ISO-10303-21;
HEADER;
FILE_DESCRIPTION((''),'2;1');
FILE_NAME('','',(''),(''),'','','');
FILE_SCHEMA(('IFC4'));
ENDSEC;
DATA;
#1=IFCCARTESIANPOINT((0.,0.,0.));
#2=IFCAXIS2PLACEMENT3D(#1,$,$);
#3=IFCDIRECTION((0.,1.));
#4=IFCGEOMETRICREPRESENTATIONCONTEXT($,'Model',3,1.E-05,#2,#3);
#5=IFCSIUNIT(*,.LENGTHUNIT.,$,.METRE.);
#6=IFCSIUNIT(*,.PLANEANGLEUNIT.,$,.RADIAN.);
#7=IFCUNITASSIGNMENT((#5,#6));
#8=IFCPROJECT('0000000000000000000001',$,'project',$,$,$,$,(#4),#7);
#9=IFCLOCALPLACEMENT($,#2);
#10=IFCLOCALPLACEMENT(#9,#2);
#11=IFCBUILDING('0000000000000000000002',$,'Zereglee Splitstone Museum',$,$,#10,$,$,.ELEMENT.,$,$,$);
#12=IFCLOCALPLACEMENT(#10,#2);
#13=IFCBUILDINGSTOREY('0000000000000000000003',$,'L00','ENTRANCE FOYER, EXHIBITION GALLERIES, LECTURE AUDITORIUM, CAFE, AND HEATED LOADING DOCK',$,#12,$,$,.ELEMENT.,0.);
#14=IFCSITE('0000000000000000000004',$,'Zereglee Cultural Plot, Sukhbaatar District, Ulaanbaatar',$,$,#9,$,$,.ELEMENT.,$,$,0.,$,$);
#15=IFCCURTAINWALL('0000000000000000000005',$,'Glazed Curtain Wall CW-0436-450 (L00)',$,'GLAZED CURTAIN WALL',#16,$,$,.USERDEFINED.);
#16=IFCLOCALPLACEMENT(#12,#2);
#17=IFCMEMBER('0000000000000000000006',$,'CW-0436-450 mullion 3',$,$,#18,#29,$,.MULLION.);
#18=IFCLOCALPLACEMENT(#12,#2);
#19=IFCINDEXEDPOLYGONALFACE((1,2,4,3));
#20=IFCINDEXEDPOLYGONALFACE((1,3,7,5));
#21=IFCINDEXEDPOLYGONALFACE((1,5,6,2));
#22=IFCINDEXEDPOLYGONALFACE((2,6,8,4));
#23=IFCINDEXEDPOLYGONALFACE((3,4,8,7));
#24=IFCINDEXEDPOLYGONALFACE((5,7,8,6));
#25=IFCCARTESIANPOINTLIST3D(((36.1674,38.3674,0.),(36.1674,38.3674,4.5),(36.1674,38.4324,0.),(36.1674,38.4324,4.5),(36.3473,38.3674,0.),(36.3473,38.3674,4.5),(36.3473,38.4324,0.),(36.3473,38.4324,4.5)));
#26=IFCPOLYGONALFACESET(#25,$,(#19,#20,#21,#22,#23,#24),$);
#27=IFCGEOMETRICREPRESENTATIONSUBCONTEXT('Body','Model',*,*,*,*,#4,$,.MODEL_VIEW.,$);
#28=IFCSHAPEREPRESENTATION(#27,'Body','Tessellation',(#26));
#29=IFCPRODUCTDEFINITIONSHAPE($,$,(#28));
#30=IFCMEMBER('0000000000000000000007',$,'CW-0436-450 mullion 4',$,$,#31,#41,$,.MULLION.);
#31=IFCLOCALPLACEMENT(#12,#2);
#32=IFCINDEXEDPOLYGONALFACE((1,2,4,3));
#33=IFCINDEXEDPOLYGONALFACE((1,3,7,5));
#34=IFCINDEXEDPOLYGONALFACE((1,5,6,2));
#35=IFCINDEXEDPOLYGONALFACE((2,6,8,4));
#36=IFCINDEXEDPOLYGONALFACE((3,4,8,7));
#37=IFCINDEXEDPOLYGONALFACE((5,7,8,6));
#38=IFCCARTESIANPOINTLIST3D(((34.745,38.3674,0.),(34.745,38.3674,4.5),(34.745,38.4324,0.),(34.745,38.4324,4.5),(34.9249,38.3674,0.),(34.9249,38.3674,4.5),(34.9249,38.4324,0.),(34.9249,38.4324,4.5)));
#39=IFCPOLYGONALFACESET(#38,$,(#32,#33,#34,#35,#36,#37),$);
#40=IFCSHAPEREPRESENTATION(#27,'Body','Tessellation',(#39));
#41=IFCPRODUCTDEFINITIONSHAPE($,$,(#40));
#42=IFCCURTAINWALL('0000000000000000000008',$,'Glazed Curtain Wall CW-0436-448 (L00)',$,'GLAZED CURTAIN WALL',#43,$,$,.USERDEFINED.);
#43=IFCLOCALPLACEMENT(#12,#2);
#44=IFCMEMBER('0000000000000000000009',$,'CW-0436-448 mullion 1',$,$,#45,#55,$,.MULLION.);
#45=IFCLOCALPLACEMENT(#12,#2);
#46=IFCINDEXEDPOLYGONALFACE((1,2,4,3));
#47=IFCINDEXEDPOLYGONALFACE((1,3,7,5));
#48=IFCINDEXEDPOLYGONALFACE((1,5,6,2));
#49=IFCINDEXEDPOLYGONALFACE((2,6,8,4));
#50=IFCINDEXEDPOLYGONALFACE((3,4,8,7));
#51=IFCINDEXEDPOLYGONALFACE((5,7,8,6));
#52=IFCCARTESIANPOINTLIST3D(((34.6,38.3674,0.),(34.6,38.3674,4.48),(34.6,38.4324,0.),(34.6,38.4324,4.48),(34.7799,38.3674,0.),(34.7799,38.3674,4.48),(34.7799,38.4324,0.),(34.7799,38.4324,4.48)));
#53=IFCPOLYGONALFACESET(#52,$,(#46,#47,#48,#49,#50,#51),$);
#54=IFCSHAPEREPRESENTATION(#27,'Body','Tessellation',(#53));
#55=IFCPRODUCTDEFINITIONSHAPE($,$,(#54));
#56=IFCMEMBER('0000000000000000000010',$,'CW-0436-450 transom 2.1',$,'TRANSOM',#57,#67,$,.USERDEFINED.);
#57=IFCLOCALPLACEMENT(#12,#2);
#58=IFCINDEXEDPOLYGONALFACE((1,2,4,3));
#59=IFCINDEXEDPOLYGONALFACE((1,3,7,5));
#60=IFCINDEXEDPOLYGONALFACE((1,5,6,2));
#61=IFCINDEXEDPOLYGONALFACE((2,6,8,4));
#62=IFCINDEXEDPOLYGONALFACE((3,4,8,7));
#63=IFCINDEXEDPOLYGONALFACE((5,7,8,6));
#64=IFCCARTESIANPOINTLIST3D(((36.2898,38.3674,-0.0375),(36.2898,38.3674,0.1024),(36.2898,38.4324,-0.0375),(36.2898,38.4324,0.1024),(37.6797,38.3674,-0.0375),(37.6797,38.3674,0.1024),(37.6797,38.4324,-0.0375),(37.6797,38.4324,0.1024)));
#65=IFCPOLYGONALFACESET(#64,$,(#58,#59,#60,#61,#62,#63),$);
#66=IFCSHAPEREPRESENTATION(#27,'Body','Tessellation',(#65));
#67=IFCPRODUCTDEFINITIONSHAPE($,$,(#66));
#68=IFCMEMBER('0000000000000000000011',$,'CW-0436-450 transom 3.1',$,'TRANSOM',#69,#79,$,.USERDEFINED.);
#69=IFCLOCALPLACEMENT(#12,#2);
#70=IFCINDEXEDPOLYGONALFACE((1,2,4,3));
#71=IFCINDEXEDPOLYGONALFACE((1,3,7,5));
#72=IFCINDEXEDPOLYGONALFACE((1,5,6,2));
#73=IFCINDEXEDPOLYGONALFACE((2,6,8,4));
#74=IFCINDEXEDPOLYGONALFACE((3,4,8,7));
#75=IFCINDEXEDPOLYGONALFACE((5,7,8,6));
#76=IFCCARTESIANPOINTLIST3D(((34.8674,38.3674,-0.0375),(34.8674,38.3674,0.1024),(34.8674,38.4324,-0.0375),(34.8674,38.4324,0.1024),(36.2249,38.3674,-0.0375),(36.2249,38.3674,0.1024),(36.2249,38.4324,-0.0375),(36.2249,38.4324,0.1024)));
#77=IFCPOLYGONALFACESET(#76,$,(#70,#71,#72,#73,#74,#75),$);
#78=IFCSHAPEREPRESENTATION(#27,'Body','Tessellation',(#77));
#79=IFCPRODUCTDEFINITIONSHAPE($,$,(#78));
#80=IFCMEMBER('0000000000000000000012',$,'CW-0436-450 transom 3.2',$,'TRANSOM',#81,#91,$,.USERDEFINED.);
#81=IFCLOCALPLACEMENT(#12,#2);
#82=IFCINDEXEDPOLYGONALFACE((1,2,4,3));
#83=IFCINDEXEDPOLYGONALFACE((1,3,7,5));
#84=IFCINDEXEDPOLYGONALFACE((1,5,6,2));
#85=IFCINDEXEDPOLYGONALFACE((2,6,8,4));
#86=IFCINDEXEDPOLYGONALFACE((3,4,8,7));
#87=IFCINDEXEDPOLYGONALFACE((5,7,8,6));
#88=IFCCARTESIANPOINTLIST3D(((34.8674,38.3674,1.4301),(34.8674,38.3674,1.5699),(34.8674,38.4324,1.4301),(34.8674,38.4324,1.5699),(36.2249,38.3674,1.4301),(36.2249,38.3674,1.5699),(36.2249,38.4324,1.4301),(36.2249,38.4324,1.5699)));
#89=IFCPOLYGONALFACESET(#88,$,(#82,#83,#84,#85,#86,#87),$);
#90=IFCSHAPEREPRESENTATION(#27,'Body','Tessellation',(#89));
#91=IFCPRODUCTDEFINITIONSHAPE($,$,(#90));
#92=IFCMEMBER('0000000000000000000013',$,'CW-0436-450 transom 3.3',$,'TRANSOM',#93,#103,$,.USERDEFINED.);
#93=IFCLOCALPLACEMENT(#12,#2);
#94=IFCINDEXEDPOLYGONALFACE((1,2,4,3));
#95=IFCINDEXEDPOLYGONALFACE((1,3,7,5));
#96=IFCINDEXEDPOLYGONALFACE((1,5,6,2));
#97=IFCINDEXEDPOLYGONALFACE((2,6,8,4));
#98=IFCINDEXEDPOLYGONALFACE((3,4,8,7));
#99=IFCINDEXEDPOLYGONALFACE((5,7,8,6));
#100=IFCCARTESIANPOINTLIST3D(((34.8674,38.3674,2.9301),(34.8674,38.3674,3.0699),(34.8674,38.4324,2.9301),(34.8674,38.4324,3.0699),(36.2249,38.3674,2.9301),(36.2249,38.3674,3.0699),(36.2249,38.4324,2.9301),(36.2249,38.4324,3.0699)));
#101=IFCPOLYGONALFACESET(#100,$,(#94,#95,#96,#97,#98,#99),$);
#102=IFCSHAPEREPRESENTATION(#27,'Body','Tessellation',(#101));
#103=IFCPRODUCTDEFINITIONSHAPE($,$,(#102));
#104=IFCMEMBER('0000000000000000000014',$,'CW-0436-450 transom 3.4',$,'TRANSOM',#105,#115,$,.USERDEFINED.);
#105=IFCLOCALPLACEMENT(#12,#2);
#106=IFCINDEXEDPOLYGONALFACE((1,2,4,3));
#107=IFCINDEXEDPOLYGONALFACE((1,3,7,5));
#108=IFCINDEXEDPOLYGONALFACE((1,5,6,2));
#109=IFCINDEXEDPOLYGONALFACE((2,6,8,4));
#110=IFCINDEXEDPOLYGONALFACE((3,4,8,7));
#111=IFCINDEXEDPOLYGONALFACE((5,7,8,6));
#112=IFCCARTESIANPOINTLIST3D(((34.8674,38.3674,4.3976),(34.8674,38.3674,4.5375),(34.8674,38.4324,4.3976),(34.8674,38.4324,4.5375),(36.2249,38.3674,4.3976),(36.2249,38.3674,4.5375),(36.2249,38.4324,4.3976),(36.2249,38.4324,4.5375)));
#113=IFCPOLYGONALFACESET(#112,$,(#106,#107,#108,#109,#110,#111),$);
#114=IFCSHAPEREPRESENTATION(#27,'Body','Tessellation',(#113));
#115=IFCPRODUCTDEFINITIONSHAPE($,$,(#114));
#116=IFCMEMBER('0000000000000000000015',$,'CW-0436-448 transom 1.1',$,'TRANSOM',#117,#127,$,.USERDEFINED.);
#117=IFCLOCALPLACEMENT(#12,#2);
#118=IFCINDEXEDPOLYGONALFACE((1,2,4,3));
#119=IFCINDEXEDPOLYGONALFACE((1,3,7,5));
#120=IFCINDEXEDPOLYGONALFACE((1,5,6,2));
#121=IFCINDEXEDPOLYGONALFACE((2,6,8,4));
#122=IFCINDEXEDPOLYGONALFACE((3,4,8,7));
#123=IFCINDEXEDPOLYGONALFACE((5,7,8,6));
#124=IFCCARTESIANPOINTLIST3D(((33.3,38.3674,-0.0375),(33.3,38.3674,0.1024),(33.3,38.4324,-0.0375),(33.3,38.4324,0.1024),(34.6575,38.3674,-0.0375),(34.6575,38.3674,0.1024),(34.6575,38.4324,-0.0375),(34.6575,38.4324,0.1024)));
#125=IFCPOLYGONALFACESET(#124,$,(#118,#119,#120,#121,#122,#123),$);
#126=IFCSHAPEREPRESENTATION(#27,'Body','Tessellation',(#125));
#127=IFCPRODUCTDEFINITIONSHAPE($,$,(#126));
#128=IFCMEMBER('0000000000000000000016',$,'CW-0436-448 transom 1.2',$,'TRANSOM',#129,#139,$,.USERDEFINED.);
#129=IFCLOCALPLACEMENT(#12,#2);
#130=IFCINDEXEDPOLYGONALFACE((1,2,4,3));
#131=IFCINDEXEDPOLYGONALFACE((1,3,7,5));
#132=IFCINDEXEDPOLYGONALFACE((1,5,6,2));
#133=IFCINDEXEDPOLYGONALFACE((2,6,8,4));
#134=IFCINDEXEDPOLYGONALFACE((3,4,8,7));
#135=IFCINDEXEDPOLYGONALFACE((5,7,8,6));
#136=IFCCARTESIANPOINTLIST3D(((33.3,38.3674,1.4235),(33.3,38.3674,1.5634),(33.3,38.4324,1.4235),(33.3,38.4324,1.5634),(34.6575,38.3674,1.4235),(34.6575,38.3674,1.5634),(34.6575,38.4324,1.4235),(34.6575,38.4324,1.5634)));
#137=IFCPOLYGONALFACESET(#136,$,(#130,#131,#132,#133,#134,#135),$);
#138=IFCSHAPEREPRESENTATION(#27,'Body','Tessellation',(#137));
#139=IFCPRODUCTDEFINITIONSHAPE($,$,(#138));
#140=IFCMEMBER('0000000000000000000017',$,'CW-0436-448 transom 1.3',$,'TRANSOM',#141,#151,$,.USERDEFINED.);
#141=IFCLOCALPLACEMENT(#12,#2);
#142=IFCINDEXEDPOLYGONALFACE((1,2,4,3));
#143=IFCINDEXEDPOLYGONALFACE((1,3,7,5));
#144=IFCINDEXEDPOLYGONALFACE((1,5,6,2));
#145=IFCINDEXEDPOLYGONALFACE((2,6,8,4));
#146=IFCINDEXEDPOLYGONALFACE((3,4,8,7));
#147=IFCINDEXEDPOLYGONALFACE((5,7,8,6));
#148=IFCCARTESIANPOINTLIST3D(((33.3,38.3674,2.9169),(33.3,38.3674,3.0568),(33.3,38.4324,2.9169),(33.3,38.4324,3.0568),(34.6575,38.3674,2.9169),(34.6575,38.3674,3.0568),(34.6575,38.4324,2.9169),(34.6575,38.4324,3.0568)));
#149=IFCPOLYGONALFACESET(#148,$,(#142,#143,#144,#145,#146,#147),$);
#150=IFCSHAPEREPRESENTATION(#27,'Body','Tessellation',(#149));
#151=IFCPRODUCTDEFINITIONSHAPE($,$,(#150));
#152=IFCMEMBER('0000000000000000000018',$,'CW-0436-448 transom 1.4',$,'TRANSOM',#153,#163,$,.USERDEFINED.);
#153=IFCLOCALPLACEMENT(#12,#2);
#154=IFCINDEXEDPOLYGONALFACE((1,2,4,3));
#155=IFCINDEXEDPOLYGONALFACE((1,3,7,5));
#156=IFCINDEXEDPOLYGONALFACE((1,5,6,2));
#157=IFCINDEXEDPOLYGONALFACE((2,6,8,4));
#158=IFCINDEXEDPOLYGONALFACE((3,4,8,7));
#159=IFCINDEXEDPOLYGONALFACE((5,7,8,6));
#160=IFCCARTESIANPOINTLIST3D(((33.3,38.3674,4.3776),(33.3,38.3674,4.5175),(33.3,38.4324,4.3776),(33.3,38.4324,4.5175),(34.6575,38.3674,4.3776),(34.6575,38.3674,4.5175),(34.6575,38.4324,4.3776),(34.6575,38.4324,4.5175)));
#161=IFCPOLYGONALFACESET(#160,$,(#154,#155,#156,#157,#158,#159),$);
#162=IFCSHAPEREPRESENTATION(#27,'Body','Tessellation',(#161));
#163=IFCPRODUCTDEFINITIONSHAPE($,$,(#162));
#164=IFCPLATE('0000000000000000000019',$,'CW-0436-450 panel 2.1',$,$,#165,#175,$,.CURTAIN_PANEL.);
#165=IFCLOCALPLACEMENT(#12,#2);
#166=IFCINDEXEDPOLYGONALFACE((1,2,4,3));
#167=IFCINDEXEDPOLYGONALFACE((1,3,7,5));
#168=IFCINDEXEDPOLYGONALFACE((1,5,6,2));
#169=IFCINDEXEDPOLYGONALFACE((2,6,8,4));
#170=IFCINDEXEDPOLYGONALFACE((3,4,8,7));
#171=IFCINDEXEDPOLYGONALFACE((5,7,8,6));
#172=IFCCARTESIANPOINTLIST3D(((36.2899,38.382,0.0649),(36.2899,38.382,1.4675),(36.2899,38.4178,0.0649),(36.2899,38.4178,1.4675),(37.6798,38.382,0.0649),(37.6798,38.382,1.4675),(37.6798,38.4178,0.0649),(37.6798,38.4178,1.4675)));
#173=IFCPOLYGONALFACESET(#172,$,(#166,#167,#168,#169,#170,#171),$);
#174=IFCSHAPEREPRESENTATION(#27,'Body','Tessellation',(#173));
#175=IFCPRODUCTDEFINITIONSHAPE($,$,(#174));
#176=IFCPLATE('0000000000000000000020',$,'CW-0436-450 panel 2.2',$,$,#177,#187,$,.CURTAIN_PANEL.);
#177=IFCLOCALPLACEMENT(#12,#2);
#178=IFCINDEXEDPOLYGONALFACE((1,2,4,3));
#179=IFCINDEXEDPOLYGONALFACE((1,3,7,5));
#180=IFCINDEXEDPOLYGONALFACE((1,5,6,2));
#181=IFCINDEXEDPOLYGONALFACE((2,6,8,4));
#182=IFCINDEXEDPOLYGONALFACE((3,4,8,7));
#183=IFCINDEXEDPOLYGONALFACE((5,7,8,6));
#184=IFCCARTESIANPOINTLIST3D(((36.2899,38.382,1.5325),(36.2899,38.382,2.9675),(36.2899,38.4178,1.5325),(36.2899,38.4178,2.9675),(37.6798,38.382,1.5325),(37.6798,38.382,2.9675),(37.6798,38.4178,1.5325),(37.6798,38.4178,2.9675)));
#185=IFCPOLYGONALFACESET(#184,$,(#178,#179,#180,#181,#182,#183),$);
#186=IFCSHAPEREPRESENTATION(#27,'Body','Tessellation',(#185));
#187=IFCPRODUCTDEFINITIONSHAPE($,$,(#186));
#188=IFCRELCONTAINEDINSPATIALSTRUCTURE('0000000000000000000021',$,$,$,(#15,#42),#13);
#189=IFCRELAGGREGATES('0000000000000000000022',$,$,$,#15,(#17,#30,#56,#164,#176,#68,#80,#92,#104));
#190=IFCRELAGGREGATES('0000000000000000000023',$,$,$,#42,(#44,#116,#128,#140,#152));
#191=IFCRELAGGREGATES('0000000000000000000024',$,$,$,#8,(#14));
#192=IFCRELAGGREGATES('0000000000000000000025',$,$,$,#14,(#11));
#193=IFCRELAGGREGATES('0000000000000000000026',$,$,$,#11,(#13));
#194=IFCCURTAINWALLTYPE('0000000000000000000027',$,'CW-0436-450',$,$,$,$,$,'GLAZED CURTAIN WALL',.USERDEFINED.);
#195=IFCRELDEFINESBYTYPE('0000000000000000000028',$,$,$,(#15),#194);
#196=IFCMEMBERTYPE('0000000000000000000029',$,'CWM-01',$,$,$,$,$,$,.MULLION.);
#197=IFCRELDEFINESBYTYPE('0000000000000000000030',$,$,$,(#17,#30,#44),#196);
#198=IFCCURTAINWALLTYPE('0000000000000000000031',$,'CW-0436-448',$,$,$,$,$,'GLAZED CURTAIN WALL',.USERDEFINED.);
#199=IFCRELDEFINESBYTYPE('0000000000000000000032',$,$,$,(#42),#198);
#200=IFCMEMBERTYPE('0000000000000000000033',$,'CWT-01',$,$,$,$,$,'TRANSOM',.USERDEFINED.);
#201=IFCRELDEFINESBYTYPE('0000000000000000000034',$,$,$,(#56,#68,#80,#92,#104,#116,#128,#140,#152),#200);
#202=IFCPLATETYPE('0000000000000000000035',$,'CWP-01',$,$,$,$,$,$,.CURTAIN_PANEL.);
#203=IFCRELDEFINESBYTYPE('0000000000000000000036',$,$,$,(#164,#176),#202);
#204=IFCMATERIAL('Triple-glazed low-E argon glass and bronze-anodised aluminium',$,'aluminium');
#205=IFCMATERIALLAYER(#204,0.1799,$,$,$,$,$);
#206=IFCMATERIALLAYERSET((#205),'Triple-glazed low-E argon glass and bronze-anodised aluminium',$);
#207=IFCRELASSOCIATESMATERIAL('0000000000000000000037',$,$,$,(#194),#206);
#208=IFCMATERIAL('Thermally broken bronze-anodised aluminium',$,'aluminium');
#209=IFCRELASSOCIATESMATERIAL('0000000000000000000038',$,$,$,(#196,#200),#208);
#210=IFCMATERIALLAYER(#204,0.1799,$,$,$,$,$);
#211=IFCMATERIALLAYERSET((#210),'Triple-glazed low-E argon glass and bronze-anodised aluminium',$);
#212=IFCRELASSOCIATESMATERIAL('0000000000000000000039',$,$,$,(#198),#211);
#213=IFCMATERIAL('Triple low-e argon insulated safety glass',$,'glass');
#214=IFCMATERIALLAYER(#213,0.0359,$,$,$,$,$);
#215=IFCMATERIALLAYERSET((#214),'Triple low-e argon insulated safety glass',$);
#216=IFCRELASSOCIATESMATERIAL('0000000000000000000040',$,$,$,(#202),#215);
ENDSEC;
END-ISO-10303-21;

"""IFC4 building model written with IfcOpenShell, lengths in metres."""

from ifc_helpers import new_model, si_unit, direction, frame, origin, origin_2d, place, context, subcontext, project, spatial, rectangle, extrude, material, layer, layer_set, material_profile, profile_set, type_object, element, aggregate, save


model = new_model("IFC4")

# Units and contexts
model_context = context("Model", 3, precision=1e-05, world=origin(), true_north=direction((0.0, 1.0)))
body_context = subcontext(model_context, "Body", "Model", "MODEL_VIEW")
ifc_project = project(units=[si_unit("LENGTHUNIT", "METRE"), si_unit("PLANEANGLEUNIT", "RADIAN")], contexts=[model_context])

# Site, building, storey
site_placement = place(None, origin())
site = spatial("IfcSite", under=ifc_project, at=site_placement, Name="Zereglee Cultural Plot, Sukhbaatar District, Ulaanbaatar", CompositionType="ELEMENT", RefElevation=0.0)
building_placement = place(site_placement, origin())
building = spatial("IfcBuilding", under=site, at=building_placement, Name="Zereglee Splitstone Museum", CompositionType="ELEMENT")
storey_placement = place(building_placement, origin())
storey = spatial("IfcBuildingStorey", under=building, at=storey_placement, Name="L00", Description="ENTRANCE FOYER, EXHIBITION GALLERIES, LECTURE AUDITORIUM, CAFE, AND HEATED LOADING DOCK", CompositionType="ELEMENT", Elevation=0.0)

# Curtain wall, members
ifc_material_1 = material(Name="Triple-glazed low-E argon glass and bronze-anodised aluminium", Category="aluminium")
ifc_layer_1 = layer(ifc_material_1, 0.1799)
ifc_layer_set_1 = layer_set([ifc_layer_1], Name="Triple-glazed low-E argon glass and bronze-anodised aluminium")
curtain_wall_type_1 = type_object("IfcCurtainWallType", Name="CW-0436-450", ElementType="GLAZED CURTAIN WALL", PredefinedType="USERDEFINED", material=ifc_layer_set_1)
curtain_wall_1_placement = place(storey_placement, origin())
curtain_wall_1 = element("IfcCurtainWall", 1, at=curtain_wall_1_placement, inside=storey, type_object=curtain_wall_type_1, Name="Glazed Curtain Wall CW-0436-450 (L00)", ObjectType="GLAZED CURTAIN WALL", PredefinedType="USERDEFINED")
ifc_material_2 = material(Name="Thermally broken bronze-anodised aluminium", Category="aluminium")
ifc_material_profile_1 = material_profile(ifc_material_2, rectangle(XDim=0.0649, YDim=0.1799, at=origin_2d()), Name="CW MULL 65x180")
ifc_profile_set_1 = profile_set([ifc_material_profile_1], Name="Thermally broken bronze-anodised aluminium")
member_type_1 = type_object("IfcMemberType", Name="CWM-01", PredefinedType="MULLION", material=ifc_profile_set_1)
member_1_placement = place(storey_placement, frame((36.2573, 38.3999, 0.0), z_axis=(0.0, 0.0, 1.0), x_axis=(0.0, -1.0, 0.0)))
member_1 = element("IfcMember", 2, at=member_1_placement, type_object=member_type_1, Name="CW-0436-450 mullion 3", PredefinedType="MULLION", context=body_context, shape_type="SweptSolid", body=[
    extrude(rectangle(XDim=0.0649, YDim=0.1799, at=origin_2d()), origin(), (0.0, 0.0, 1.0), 4.5),
])
member_2_placement = place(storey_placement, frame((34.835, 38.3999, 0.0), z_axis=(0.0, 0.0, 1.0), x_axis=(0.0, -1.0, 0.0)))
member_2 = element("IfcMember", 3, at=member_2_placement, type_object=member_type_1, Name="CW-0436-450 mullion 4", PredefinedType="MULLION", context=body_context, shape_type="SweptSolid", body=[
    extrude(rectangle(XDim=0.0649, YDim=0.1799, at=origin_2d()), origin(), (0.0, 0.0, 1.0), 4.5),
])

# Curtain wall, member
ifc_layer_2 = layer(ifc_material_1, 0.1799)
ifc_layer_set_2 = layer_set([ifc_layer_2], Name="Triple-glazed low-E argon glass and bronze-anodised aluminium")
curtain_wall_type_2 = type_object("IfcCurtainWallType", Name="CW-0436-448", ElementType="GLAZED CURTAIN WALL", PredefinedType="USERDEFINED", material=ifc_layer_set_2)
curtain_wall_2_placement = place(storey_placement, origin())
curtain_wall_2 = element("IfcCurtainWall", 4, at=curtain_wall_2_placement, inside=storey, type_object=curtain_wall_type_2, Name="Glazed Curtain Wall CW-0436-448 (L00)", ObjectType="GLAZED CURTAIN WALL", PredefinedType="USERDEFINED")
member_3_placement = place(storey_placement, frame((34.6899, 38.3999, 0.0), z_axis=(0.0, 0.0, 1.0), x_axis=(0.0, -1.0, 0.0)))
member_3 = element("IfcMember", 5, at=member_3_placement, type_object=member_type_1, Name="CW-0436-448 mullion 1", PredefinedType="MULLION", context=body_context, shape_type="SweptSolid", body=[
    extrude(rectangle(XDim=0.0649, YDim=0.1799, at=origin_2d()), origin(), (0.0, 0.0, 1.0), 4.48),
])

# Members
ifc_material_profile_2 = material_profile(ifc_material_2, rectangle(XDim=0.0649, YDim=0.1399, at=origin_2d()), Name="CW TRAN 65x140")
ifc_profile_set_2 = profile_set([ifc_material_profile_2], Name="Thermally broken bronze-anodised aluminium")
member_type_2 = type_object("IfcMemberType", Name="CWT-01", ElementType="TRANSOM", PredefinedType="USERDEFINED", material=ifc_profile_set_2)
member_4_placement = place(storey_placement, frame((37.6797, 38.3999, 0.0325), z_axis=(-1.0, 0.0, 0.0), x_axis=(0.0, -1.0, 0.0)))
member_4 = element("IfcMember", 6, at=member_4_placement, type_object=member_type_2, Name="CW-0436-450 transom 2.1", ObjectType="TRANSOM", PredefinedType="USERDEFINED", context=body_context, shape_type="SweptSolid", body=[
    extrude(rectangle(XDim=0.0649, YDim=0.1399, at=origin_2d()), origin(), (0.0, 0.0, 1.0), 1.3899),
])
member_5_placement = place(storey_placement, frame((36.2249, 38.3999, 0.0325), z_axis=(-1.0, 0.0, 0.0), x_axis=(0.0, -1.0, 0.0)))
member_5 = element("IfcMember", 7, at=member_5_placement, type_object=member_type_2, Name="CW-0436-450 transom 3.1", ObjectType="TRANSOM", PredefinedType="USERDEFINED", context=body_context, shape_type="SweptSolid", body=[
    extrude(rectangle(XDim=0.0649, YDim=0.1399, at=origin_2d()), origin(), (0.0, 0.0, 1.0), 1.3574),
])
member_6_placement = place(storey_placement, frame((36.2249, 38.3999, 1.5), z_axis=(-1.0, 0.0, 0.0), x_axis=(0.0, -1.0, 0.0)))
member_6 = element("IfcMember", 8, at=member_6_placement, type_object=member_type_2, Name="CW-0436-450 transom 3.2", ObjectType="TRANSOM", PredefinedType="USERDEFINED", context=body_context, shape_type="SweptSolid", body=[
    extrude(rectangle(XDim=0.0649, YDim=0.1399, at=origin_2d()), origin(), (0.0, 0.0, 1.0), 1.3574),
])
member_7_placement = place(storey_placement, frame((36.2249, 38.3999, 3.0), z_axis=(-1.0, 0.0, 0.0), x_axis=(0.0, -1.0, 0.0)))
member_7 = element("IfcMember", 9, at=member_7_placement, type_object=member_type_2, Name="CW-0436-450 transom 3.3", ObjectType="TRANSOM", PredefinedType="USERDEFINED", context=body_context, shape_type="SweptSolid", body=[
    extrude(rectangle(XDim=0.0649, YDim=0.1399, at=origin_2d()), origin(), (0.0, 0.0, 1.0), 1.3574),
])
member_8_placement = place(storey_placement, frame((36.2249, 38.3999, 4.4675), z_axis=(-1.0, 0.0, 0.0), x_axis=(0.0, -1.0, 0.0)))
member_8 = element("IfcMember", 10, at=member_8_placement, type_object=member_type_2, Name="CW-0436-450 transom 3.4", ObjectType="TRANSOM", PredefinedType="USERDEFINED", context=body_context, shape_type="SweptSolid", body=[
    extrude(rectangle(XDim=0.0649, YDim=0.1399, at=origin_2d()), origin(), (0.0, 0.0, 1.0), 1.3574),
])
member_9_placement = place(storey_placement, frame((34.6575, 38.3999, 0.0325), z_axis=(-1.0, 0.0, 0.0), x_axis=(0.0, -1.0, 0.0)))
member_9 = element("IfcMember", 11, at=member_9_placement, type_object=member_type_2, Name="CW-0436-448 transom 1.1", ObjectType="TRANSOM", PredefinedType="USERDEFINED", context=body_context, shape_type="SweptSolid", body=[
    extrude(rectangle(XDim=0.0649, YDim=0.1399, at=origin_2d()), origin(), (0.0, 0.0, 1.0), 1.3574),
])
member_10_placement = place(storey_placement, frame((34.6575, 38.3999, 1.4934), z_axis=(-1.0, 0.0, 0.0), x_axis=(0.0, -1.0, 0.0)))
member_10 = element("IfcMember", 12, at=member_10_placement, type_object=member_type_2, Name="CW-0436-448 transom 1.2", ObjectType="TRANSOM", PredefinedType="USERDEFINED", context=body_context, shape_type="SweptSolid", body=[
    extrude(rectangle(XDim=0.0649, YDim=0.1399, at=origin_2d()), origin(), (0.0, 0.0, 1.0), 1.3574),
])
member_11_placement = place(storey_placement, frame((34.6575, 38.3999, 2.9868), z_axis=(-1.0, 0.0, 0.0), x_axis=(0.0, -1.0, 0.0)))
member_11 = element("IfcMember", 13, at=member_11_placement, type_object=member_type_2, Name="CW-0436-448 transom 1.3", ObjectType="TRANSOM", PredefinedType="USERDEFINED", context=body_context, shape_type="SweptSolid", body=[
    extrude(rectangle(XDim=0.0649, YDim=0.1399, at=origin_2d()), origin(), (0.0, 0.0, 1.0), 1.3574),
])
member_12_placement = place(storey_placement, frame((34.6575, 38.3999, 4.4475), z_axis=(-1.0, 0.0, 0.0), x_axis=(0.0, -1.0, 0.0)))
member_12 = element("IfcMember", 14, at=member_12_placement, type_object=member_type_2, Name="CW-0436-448 transom 1.4", ObjectType="TRANSOM", PredefinedType="USERDEFINED", context=body_context, shape_type="SweptSolid", body=[
    extrude(rectangle(XDim=0.0649, YDim=0.1399, at=origin_2d()), origin(), (0.0, 0.0, 1.0), 1.3574),
])

# Plates
ifc_material_3 = material(Name="Triple low-e argon insulated safety glass", Category="glass")
ifc_layer_3 = layer(ifc_material_3, 0.0359)
ifc_layer_set_3 = layer_set([ifc_layer_3], Name="Triple low-e argon insulated safety glass")
plate_type = type_object("IfcPlateType", Name="CWP-01", PredefinedType="CURTAIN_PANEL", material=ifc_layer_set_3)
plate_1_placement = place(storey_placement, frame((36.9849, 38.3999, 0.0649), z_axis=(0.0, 0.0, 1.0), x_axis=(-1.0, 0.0, 0.0)))
plate_1 = element("IfcPlate", 15, at=plate_1_placement, type_object=plate_type, Name="CW-0436-450 panel 2.1", PredefinedType="CURTAIN_PANEL", context=body_context, shape_type="SweptSolid", body=[
    extrude(rectangle(XDim=1.3899, YDim=0.0359, at=origin_2d()), origin(), (0.0, 0.0, 1.0), 1.4026),
])
plate_2_placement = place(storey_placement, frame((36.9849, 38.3999, 1.5325), z_axis=(0.0, 0.0, 1.0), x_axis=(-1.0, 0.0, 0.0)))
plate_2 = element("IfcPlate", 16, at=plate_2_placement, type_object=plate_type, Name="CW-0436-450 panel 2.2", PredefinedType="CURTAIN_PANEL", context=body_context, shape_type="SweptSolid", body=[
    extrude(rectangle(XDim=1.3899, YDim=0.0359, at=origin_2d()), origin(), (0.0, 0.0, 1.0), 1.4351),
])
aggregate(curtain_wall_1, [member_1, member_2, member_4, plate_1, plate_2, member_5, member_6, member_7, member_8])
aggregate(curtain_wall_2, [member_3, member_9, member_10, member_11, member_12])

save(model, "model.ifc")
